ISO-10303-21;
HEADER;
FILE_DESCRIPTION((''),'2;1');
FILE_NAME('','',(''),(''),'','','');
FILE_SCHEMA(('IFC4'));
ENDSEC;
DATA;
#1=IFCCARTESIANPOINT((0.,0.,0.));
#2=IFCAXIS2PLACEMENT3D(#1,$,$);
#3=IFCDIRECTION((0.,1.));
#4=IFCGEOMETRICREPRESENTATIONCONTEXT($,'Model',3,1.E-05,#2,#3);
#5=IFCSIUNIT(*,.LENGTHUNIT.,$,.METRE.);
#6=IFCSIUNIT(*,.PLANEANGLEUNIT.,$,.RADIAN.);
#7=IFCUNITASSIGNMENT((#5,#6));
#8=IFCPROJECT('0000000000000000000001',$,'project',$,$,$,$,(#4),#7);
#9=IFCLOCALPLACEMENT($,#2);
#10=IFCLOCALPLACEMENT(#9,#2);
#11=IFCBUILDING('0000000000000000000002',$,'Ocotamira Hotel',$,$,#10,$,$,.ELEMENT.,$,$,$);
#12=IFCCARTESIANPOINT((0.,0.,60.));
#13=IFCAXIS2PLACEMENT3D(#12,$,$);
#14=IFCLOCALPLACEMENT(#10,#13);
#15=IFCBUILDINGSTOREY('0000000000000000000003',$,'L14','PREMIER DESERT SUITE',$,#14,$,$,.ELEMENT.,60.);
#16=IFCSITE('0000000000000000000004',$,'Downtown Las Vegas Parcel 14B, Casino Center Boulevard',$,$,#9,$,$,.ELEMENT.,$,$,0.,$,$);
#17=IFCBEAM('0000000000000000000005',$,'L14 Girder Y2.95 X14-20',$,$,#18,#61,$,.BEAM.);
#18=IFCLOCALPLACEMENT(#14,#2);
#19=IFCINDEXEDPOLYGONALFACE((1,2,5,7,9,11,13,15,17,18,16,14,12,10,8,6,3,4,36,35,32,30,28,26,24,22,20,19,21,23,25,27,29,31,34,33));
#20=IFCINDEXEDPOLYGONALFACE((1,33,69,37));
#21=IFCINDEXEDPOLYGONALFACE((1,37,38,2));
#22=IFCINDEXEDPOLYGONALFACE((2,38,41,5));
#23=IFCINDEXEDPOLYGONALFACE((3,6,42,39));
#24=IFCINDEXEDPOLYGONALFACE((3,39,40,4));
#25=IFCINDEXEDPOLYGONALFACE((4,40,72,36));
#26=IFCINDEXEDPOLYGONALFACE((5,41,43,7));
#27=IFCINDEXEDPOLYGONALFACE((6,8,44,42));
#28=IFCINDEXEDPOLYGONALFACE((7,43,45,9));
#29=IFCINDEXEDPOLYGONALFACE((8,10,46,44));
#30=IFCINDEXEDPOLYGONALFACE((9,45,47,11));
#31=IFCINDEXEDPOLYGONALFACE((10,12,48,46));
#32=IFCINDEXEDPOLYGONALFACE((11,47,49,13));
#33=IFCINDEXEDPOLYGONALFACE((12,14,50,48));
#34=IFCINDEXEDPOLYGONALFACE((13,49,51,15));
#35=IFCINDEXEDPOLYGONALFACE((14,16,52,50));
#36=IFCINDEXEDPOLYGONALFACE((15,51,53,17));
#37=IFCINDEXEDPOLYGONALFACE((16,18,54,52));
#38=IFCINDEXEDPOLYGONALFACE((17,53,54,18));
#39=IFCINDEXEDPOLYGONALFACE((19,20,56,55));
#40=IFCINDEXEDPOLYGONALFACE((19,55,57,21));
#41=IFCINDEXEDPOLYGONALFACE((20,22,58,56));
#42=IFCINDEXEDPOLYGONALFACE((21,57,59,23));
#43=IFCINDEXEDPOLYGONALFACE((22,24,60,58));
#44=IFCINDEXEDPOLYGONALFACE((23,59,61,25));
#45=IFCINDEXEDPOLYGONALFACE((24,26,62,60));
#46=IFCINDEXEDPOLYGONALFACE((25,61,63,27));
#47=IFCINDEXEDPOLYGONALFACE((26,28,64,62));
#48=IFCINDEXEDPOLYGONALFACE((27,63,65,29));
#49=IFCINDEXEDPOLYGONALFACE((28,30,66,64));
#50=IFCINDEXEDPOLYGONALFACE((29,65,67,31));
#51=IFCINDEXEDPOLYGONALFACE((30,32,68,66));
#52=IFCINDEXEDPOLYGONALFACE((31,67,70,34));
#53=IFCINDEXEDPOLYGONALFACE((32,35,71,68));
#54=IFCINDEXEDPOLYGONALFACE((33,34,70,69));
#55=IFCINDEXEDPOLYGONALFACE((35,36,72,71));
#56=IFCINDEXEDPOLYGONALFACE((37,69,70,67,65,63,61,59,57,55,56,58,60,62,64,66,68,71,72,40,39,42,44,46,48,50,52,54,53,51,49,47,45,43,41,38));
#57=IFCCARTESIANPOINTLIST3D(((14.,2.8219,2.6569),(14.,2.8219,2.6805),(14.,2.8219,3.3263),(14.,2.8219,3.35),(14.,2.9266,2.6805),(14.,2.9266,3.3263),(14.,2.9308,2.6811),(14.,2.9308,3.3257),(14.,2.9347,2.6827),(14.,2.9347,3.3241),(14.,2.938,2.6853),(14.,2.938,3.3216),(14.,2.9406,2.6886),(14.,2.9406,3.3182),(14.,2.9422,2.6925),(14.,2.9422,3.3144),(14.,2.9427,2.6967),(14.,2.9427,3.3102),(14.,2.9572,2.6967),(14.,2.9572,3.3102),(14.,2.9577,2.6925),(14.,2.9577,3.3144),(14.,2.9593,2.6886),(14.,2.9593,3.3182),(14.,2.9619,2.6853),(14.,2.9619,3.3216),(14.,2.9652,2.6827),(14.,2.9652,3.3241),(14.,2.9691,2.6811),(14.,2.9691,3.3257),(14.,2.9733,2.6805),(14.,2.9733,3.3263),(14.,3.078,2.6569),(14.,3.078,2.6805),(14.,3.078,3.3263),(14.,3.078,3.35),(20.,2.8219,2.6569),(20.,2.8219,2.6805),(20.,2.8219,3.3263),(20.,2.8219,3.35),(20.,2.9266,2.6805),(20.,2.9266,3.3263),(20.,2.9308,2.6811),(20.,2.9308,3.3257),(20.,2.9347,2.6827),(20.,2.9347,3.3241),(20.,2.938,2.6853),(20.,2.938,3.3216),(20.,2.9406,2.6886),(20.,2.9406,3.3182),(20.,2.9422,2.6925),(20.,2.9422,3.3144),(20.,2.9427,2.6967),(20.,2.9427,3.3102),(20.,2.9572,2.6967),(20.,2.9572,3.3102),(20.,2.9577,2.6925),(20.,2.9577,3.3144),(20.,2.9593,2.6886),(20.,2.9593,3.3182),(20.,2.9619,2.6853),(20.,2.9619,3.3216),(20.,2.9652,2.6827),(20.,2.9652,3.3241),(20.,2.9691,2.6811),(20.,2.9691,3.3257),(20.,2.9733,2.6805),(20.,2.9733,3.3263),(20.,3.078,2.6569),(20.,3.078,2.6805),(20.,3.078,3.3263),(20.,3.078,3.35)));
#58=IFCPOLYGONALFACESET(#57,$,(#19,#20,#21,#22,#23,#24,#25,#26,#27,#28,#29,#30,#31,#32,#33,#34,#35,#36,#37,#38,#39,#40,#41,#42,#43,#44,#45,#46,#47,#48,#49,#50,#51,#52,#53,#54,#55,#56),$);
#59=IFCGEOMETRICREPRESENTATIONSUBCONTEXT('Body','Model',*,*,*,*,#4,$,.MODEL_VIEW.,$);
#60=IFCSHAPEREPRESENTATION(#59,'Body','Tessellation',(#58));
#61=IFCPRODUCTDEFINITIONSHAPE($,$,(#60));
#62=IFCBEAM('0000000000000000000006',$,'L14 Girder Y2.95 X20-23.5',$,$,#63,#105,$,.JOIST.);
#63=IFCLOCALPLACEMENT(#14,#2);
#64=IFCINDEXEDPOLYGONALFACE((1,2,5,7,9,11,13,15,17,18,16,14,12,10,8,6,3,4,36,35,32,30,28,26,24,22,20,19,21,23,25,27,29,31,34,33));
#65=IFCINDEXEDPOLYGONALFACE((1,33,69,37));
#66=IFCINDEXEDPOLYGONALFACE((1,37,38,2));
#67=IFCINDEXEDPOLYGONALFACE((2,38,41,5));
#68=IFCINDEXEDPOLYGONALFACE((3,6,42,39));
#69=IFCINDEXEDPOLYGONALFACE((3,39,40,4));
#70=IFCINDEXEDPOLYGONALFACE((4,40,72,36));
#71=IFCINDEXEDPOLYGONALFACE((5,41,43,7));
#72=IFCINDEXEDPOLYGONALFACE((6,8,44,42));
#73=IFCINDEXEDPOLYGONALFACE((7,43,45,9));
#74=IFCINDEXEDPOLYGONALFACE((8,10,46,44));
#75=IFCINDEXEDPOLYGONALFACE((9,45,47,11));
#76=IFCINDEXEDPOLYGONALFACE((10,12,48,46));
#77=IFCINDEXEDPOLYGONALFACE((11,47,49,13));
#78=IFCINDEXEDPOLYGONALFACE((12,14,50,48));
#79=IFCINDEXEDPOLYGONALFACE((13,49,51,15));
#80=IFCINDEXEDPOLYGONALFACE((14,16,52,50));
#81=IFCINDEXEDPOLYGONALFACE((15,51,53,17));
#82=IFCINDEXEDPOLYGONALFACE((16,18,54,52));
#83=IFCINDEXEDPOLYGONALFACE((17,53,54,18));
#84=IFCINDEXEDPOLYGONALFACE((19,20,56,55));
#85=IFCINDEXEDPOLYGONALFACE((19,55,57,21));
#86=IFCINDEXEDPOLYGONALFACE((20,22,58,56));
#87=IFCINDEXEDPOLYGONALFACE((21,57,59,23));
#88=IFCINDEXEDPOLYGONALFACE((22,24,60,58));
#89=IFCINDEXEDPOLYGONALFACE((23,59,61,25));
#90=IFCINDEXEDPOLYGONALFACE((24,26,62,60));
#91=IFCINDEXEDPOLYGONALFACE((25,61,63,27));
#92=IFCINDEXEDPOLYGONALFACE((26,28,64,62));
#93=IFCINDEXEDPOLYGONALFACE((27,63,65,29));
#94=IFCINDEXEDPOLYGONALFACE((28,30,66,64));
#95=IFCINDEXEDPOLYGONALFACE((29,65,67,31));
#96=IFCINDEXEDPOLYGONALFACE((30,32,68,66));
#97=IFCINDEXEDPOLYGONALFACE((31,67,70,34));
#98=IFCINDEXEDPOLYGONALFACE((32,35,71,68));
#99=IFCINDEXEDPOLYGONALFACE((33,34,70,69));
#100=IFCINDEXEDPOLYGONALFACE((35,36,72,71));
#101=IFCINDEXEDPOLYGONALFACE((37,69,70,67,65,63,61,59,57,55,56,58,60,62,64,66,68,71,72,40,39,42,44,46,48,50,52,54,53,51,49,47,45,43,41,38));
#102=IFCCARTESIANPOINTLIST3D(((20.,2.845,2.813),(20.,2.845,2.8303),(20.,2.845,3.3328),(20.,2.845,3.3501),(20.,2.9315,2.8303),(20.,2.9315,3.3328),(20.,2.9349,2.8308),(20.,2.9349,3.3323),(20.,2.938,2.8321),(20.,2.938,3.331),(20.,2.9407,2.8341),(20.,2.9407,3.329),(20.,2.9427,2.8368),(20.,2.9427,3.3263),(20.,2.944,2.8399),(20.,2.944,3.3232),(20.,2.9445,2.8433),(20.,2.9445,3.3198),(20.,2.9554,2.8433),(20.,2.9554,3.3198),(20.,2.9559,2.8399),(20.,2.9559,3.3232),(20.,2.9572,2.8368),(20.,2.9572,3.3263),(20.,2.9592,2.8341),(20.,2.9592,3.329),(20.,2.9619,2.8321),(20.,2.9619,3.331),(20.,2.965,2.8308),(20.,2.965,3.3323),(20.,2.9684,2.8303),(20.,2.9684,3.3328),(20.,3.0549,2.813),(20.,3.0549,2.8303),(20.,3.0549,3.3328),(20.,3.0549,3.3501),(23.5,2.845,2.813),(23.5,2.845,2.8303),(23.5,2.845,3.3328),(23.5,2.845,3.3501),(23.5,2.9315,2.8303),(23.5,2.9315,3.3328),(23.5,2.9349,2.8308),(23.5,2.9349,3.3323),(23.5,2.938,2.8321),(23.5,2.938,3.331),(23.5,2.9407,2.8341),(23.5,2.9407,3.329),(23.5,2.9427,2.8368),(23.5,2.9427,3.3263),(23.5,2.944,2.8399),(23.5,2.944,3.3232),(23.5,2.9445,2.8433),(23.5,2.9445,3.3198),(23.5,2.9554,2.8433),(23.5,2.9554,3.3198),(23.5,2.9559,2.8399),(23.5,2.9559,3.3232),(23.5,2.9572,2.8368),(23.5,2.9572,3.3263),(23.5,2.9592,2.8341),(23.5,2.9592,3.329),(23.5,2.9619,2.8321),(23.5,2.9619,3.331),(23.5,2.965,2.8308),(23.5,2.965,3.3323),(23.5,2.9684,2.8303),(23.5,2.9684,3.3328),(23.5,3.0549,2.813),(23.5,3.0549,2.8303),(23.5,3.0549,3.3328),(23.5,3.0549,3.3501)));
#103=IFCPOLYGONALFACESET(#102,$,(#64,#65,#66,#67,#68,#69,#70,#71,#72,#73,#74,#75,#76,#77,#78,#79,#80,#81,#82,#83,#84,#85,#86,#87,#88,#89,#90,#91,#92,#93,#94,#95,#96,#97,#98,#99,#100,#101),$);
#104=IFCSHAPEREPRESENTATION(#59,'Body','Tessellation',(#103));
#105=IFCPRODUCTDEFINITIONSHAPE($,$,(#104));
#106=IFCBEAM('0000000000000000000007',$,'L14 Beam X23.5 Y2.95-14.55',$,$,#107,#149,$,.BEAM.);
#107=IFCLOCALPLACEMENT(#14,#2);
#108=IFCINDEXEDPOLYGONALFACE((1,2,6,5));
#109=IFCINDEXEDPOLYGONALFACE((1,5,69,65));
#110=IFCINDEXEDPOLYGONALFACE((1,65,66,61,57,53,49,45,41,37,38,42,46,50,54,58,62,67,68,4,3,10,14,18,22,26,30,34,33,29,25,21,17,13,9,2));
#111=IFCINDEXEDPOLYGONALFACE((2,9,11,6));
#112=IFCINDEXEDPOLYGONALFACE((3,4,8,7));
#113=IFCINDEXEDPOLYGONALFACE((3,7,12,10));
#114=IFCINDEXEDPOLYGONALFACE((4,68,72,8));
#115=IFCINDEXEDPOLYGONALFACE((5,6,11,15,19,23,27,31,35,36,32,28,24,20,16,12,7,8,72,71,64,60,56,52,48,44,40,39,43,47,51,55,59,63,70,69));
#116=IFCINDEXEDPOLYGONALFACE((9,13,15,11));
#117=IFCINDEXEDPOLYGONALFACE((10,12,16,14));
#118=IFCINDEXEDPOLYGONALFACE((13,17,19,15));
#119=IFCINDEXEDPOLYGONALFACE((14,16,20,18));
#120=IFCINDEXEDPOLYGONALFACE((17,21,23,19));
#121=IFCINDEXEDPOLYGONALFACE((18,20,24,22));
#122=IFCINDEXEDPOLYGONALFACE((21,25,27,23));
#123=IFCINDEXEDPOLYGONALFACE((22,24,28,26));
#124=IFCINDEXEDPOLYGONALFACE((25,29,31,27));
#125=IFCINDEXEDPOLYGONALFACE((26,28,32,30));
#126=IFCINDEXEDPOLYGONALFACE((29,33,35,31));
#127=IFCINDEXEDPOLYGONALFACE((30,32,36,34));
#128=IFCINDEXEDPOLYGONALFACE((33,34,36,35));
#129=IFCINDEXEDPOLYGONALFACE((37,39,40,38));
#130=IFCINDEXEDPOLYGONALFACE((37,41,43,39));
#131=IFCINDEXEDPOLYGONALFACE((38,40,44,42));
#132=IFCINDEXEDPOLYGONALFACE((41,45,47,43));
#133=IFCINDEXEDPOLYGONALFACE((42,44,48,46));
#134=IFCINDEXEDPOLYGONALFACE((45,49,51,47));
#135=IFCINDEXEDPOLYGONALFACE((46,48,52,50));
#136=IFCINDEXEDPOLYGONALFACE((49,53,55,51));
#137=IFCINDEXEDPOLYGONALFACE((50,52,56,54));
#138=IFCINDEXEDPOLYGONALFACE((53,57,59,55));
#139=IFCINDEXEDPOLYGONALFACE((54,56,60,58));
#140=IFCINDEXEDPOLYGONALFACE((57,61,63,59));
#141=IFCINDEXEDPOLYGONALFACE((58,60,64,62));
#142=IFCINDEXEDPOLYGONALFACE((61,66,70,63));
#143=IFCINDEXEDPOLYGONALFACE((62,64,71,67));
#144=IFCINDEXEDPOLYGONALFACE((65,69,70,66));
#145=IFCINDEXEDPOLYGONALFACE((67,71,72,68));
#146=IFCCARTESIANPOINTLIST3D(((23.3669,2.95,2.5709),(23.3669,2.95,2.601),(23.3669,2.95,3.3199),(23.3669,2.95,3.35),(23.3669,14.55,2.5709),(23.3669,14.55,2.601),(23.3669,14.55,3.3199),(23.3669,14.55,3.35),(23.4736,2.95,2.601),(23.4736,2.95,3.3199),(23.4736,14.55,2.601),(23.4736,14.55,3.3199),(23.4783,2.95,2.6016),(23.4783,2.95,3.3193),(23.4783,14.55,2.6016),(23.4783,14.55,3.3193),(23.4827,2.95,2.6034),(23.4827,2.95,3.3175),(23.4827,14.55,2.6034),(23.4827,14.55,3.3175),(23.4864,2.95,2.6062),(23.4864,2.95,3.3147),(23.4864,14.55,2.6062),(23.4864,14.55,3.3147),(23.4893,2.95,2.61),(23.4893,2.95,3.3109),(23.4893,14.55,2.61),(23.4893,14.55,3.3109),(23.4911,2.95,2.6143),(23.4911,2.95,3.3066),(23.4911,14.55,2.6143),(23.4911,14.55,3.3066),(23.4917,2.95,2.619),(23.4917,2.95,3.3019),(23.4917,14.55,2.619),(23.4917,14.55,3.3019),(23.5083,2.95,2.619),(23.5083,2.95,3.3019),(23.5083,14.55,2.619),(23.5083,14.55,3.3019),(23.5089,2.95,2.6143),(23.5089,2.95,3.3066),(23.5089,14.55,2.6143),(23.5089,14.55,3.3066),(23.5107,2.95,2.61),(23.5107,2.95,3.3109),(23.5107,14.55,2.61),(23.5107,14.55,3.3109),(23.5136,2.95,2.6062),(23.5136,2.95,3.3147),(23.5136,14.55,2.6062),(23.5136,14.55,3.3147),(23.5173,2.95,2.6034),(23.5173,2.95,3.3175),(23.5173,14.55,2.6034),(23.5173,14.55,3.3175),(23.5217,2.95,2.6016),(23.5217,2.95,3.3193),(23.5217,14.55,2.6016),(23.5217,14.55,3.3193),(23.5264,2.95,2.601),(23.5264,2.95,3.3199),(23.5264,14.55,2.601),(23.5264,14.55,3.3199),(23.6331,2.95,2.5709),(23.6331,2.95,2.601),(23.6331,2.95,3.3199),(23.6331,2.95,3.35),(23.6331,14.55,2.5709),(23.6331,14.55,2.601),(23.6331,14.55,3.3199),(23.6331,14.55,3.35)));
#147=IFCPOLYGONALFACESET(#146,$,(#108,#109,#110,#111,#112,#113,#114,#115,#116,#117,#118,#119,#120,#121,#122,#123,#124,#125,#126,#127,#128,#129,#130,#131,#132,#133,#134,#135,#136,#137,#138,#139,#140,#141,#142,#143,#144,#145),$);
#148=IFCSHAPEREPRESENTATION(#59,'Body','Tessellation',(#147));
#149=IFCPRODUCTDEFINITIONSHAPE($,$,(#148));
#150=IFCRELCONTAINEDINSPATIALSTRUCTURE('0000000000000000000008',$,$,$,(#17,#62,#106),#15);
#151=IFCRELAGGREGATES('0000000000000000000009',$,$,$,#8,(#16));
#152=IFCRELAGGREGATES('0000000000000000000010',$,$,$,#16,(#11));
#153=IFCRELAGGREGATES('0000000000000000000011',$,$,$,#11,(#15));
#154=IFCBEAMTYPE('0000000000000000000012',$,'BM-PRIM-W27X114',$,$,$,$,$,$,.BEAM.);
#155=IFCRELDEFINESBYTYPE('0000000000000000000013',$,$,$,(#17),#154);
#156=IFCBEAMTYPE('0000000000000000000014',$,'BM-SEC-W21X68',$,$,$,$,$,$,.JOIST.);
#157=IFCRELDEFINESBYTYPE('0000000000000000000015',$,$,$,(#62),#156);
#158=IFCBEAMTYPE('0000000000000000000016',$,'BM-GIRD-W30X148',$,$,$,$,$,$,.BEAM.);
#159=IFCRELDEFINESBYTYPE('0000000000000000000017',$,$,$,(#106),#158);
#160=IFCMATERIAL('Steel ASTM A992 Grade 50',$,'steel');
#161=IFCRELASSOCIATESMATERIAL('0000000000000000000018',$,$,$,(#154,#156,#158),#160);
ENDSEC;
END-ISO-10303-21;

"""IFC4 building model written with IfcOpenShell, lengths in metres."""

from ifc_helpers import new_model, si_unit, direction, frame, origin, origin_2d, place, context, subcontext, project, spatial, i_section, extrude, source, transform, mapped, material, material_profile, profile_set, type_object, element, save


model = new_model("IFC4")

# Units and contexts
model_context = context("Model", 3, precision=1e-05, world=origin(), true_north=direction((0.0, 1.0)))
body_context = subcontext(model_context, "Body", "Model", "MODEL_VIEW")
ifc_project = project(units=[si_unit("LENGTHUNIT", "METRE"), si_unit("PLANEANGLEUNIT", "RADIAN")], contexts=[model_context])

# Site, building, storey
site_placement = place(None, origin())
site = spatial("IfcSite", under=ifc_project, at=site_placement, Name="Downtown Las Vegas Parcel 14B, Casino Center Boulevard", CompositionType="ELEMENT", RefElevation=0.0)
building_placement = place(site_placement, origin())
building = spatial("IfcBuilding", under=site, at=building_placement, Name="Ocotamira Hotel", CompositionType="ELEMENT")
storey_placement = place(building_placement, frame((0.0, 0.0, 60.0)))
storey = spatial("IfcBuildingStorey", under=building, at=storey_placement, Name="L14", Description="PREMIER DESERT SUITE", CompositionType="ELEMENT", Elevation=60.0)

# Beams
ifc_material_1 = material(Name="Steel ASTM A992 Grade 50", Category="steel")
ifc_material_profile_1 = material_profile(ifc_material_1, i_section(OverallWidth=0.2561, OverallDepth=0.6931, WebThickness=0.0144, FlangeThickness=0.0237, FilletRadius=0.0161, at=origin_2d()), Name="W27X114")
ifc_profile_set_1 = profile_set([ifc_material_profile_1], Name="Steel ASTM A992 Grade 50")
beam_type_1 = type_object("IfcBeamType", Name="BM-PRIM-W27X114", PredefinedType="BEAM", material=ifc_profile_set_1)
shared_shape_1 = source(origin(), body_context, "Body", "SweptSolid", [
    extrude(i_section(OverallWidth=0.2561, OverallDepth=0.6931, WebThickness=0.0144, FlangeThickness=0.0237, FilletRadius=0.0161, at=origin_2d()), origin(), (0.0, 0.0, 1.0), 6.0),
])
beam_1_placement = place(storey_placement, frame((14.0, 2.95, 3.0034), z_axis=(1.0, 0.0, 0.0), x_axis=(0.0, 1.0, 0.0)))
element("IfcBeam", 1, at=beam_1_placement, inside=storey, type_object=beam_type_1, Name="L14 Girder Y2.95 X14-20", PredefinedType="BEAM", context=body_context, shape_type="MappedRepresentation", body=[
    mapped(shared_shape_1, transform((0.0, 0.0, 0.0), scale=1.0)),
])
ifc_material_profile_2 = material_profile(ifc_material_1, i_section(OverallWidth=0.21, OverallDepth=0.5371, WebThickness=0.011, FlangeThickness=0.0173, FilletRadius=0.0129, at=origin_2d()), Name="W21X68")
ifc_profile_set_2 = profile_set([ifc_material_profile_2], Name="Steel ASTM A992 Grade 50")
beam_type_2 = type_object("IfcBeamType", Name="BM-SEC-W21X68", PredefinedType="JOIST", material=ifc_profile_set_2)
shared_shape_2 = source(origin(), body_context, "Body", "SweptSolid", [
    extrude(i_section(OverallWidth=0.21, OverallDepth=0.5371, WebThickness=0.011, FlangeThickness=0.0173, FilletRadius=0.0129, at=origin_2d()), origin(), (0.0, 0.0, 1.0), 3.5),
])
beam_2_placement = place(storey_placement, frame((20.0, 2.95, 3.0815), z_axis=(1.0, 0.0, 0.0), x_axis=(0.0, 1.0, 0.0)))
element("IfcBeam", 2, at=beam_2_placement, inside=storey, type_object=beam_type_2, Name="L14 Girder Y2.95 X20-23.5", PredefinedType="JOIST", context=body_context, shape_type="MappedRepresentation", body=[
    mapped(shared_shape_2, transform((0.0, 0.0, 0.0), scale=1.0)),
])
ifc_material_profile_3 = material_profile(ifc_material_1, i_section(OverallWidth=0.2661, OverallDepth=0.7791, WebThickness=0.0166, FlangeThickness=0.03, FilletRadius=0.0181, at=origin_2d()), Name="W30X148")
ifc_profile_set_3 = profile_set([ifc_material_profile_3], Name="Steel ASTM A992 Grade 50")
beam_type_3 = type_object("IfcBeamType", Name="BM-GIRD-W30X148", PredefinedType="BEAM", material=ifc_profile_set_3)
shared_shape_3 = source(origin(), body_context, "Body", "SweptSolid", [
    extrude(i_section(OverallWidth=0.2661, OverallDepth=0.7791, WebThickness=0.0166, FlangeThickness=0.03, FilletRadius=0.0181, at=origin_2d()), origin(), (0.0, 0.0, 1.0), 11.6001),
])
beam_3_placement = place(storey_placement, frame((23.5, 2.95, 2.9604), z_axis=(0.0, 1.0, 0.0), x_axis=(-1.0, 0.0, 0.0)))
element("IfcBeam", 3, at=beam_3_placement, inside=storey, type_object=beam_type_3, Name="L14 Beam X23.5 Y2.95-14.55", PredefinedType="BEAM", context=body_context, shape_type="MappedRepresentation", body=[
    mapped(shared_shape_3, transform((0.0, 0.0, 0.0), scale=1.0)),
])

save(model, "model.ifc")
